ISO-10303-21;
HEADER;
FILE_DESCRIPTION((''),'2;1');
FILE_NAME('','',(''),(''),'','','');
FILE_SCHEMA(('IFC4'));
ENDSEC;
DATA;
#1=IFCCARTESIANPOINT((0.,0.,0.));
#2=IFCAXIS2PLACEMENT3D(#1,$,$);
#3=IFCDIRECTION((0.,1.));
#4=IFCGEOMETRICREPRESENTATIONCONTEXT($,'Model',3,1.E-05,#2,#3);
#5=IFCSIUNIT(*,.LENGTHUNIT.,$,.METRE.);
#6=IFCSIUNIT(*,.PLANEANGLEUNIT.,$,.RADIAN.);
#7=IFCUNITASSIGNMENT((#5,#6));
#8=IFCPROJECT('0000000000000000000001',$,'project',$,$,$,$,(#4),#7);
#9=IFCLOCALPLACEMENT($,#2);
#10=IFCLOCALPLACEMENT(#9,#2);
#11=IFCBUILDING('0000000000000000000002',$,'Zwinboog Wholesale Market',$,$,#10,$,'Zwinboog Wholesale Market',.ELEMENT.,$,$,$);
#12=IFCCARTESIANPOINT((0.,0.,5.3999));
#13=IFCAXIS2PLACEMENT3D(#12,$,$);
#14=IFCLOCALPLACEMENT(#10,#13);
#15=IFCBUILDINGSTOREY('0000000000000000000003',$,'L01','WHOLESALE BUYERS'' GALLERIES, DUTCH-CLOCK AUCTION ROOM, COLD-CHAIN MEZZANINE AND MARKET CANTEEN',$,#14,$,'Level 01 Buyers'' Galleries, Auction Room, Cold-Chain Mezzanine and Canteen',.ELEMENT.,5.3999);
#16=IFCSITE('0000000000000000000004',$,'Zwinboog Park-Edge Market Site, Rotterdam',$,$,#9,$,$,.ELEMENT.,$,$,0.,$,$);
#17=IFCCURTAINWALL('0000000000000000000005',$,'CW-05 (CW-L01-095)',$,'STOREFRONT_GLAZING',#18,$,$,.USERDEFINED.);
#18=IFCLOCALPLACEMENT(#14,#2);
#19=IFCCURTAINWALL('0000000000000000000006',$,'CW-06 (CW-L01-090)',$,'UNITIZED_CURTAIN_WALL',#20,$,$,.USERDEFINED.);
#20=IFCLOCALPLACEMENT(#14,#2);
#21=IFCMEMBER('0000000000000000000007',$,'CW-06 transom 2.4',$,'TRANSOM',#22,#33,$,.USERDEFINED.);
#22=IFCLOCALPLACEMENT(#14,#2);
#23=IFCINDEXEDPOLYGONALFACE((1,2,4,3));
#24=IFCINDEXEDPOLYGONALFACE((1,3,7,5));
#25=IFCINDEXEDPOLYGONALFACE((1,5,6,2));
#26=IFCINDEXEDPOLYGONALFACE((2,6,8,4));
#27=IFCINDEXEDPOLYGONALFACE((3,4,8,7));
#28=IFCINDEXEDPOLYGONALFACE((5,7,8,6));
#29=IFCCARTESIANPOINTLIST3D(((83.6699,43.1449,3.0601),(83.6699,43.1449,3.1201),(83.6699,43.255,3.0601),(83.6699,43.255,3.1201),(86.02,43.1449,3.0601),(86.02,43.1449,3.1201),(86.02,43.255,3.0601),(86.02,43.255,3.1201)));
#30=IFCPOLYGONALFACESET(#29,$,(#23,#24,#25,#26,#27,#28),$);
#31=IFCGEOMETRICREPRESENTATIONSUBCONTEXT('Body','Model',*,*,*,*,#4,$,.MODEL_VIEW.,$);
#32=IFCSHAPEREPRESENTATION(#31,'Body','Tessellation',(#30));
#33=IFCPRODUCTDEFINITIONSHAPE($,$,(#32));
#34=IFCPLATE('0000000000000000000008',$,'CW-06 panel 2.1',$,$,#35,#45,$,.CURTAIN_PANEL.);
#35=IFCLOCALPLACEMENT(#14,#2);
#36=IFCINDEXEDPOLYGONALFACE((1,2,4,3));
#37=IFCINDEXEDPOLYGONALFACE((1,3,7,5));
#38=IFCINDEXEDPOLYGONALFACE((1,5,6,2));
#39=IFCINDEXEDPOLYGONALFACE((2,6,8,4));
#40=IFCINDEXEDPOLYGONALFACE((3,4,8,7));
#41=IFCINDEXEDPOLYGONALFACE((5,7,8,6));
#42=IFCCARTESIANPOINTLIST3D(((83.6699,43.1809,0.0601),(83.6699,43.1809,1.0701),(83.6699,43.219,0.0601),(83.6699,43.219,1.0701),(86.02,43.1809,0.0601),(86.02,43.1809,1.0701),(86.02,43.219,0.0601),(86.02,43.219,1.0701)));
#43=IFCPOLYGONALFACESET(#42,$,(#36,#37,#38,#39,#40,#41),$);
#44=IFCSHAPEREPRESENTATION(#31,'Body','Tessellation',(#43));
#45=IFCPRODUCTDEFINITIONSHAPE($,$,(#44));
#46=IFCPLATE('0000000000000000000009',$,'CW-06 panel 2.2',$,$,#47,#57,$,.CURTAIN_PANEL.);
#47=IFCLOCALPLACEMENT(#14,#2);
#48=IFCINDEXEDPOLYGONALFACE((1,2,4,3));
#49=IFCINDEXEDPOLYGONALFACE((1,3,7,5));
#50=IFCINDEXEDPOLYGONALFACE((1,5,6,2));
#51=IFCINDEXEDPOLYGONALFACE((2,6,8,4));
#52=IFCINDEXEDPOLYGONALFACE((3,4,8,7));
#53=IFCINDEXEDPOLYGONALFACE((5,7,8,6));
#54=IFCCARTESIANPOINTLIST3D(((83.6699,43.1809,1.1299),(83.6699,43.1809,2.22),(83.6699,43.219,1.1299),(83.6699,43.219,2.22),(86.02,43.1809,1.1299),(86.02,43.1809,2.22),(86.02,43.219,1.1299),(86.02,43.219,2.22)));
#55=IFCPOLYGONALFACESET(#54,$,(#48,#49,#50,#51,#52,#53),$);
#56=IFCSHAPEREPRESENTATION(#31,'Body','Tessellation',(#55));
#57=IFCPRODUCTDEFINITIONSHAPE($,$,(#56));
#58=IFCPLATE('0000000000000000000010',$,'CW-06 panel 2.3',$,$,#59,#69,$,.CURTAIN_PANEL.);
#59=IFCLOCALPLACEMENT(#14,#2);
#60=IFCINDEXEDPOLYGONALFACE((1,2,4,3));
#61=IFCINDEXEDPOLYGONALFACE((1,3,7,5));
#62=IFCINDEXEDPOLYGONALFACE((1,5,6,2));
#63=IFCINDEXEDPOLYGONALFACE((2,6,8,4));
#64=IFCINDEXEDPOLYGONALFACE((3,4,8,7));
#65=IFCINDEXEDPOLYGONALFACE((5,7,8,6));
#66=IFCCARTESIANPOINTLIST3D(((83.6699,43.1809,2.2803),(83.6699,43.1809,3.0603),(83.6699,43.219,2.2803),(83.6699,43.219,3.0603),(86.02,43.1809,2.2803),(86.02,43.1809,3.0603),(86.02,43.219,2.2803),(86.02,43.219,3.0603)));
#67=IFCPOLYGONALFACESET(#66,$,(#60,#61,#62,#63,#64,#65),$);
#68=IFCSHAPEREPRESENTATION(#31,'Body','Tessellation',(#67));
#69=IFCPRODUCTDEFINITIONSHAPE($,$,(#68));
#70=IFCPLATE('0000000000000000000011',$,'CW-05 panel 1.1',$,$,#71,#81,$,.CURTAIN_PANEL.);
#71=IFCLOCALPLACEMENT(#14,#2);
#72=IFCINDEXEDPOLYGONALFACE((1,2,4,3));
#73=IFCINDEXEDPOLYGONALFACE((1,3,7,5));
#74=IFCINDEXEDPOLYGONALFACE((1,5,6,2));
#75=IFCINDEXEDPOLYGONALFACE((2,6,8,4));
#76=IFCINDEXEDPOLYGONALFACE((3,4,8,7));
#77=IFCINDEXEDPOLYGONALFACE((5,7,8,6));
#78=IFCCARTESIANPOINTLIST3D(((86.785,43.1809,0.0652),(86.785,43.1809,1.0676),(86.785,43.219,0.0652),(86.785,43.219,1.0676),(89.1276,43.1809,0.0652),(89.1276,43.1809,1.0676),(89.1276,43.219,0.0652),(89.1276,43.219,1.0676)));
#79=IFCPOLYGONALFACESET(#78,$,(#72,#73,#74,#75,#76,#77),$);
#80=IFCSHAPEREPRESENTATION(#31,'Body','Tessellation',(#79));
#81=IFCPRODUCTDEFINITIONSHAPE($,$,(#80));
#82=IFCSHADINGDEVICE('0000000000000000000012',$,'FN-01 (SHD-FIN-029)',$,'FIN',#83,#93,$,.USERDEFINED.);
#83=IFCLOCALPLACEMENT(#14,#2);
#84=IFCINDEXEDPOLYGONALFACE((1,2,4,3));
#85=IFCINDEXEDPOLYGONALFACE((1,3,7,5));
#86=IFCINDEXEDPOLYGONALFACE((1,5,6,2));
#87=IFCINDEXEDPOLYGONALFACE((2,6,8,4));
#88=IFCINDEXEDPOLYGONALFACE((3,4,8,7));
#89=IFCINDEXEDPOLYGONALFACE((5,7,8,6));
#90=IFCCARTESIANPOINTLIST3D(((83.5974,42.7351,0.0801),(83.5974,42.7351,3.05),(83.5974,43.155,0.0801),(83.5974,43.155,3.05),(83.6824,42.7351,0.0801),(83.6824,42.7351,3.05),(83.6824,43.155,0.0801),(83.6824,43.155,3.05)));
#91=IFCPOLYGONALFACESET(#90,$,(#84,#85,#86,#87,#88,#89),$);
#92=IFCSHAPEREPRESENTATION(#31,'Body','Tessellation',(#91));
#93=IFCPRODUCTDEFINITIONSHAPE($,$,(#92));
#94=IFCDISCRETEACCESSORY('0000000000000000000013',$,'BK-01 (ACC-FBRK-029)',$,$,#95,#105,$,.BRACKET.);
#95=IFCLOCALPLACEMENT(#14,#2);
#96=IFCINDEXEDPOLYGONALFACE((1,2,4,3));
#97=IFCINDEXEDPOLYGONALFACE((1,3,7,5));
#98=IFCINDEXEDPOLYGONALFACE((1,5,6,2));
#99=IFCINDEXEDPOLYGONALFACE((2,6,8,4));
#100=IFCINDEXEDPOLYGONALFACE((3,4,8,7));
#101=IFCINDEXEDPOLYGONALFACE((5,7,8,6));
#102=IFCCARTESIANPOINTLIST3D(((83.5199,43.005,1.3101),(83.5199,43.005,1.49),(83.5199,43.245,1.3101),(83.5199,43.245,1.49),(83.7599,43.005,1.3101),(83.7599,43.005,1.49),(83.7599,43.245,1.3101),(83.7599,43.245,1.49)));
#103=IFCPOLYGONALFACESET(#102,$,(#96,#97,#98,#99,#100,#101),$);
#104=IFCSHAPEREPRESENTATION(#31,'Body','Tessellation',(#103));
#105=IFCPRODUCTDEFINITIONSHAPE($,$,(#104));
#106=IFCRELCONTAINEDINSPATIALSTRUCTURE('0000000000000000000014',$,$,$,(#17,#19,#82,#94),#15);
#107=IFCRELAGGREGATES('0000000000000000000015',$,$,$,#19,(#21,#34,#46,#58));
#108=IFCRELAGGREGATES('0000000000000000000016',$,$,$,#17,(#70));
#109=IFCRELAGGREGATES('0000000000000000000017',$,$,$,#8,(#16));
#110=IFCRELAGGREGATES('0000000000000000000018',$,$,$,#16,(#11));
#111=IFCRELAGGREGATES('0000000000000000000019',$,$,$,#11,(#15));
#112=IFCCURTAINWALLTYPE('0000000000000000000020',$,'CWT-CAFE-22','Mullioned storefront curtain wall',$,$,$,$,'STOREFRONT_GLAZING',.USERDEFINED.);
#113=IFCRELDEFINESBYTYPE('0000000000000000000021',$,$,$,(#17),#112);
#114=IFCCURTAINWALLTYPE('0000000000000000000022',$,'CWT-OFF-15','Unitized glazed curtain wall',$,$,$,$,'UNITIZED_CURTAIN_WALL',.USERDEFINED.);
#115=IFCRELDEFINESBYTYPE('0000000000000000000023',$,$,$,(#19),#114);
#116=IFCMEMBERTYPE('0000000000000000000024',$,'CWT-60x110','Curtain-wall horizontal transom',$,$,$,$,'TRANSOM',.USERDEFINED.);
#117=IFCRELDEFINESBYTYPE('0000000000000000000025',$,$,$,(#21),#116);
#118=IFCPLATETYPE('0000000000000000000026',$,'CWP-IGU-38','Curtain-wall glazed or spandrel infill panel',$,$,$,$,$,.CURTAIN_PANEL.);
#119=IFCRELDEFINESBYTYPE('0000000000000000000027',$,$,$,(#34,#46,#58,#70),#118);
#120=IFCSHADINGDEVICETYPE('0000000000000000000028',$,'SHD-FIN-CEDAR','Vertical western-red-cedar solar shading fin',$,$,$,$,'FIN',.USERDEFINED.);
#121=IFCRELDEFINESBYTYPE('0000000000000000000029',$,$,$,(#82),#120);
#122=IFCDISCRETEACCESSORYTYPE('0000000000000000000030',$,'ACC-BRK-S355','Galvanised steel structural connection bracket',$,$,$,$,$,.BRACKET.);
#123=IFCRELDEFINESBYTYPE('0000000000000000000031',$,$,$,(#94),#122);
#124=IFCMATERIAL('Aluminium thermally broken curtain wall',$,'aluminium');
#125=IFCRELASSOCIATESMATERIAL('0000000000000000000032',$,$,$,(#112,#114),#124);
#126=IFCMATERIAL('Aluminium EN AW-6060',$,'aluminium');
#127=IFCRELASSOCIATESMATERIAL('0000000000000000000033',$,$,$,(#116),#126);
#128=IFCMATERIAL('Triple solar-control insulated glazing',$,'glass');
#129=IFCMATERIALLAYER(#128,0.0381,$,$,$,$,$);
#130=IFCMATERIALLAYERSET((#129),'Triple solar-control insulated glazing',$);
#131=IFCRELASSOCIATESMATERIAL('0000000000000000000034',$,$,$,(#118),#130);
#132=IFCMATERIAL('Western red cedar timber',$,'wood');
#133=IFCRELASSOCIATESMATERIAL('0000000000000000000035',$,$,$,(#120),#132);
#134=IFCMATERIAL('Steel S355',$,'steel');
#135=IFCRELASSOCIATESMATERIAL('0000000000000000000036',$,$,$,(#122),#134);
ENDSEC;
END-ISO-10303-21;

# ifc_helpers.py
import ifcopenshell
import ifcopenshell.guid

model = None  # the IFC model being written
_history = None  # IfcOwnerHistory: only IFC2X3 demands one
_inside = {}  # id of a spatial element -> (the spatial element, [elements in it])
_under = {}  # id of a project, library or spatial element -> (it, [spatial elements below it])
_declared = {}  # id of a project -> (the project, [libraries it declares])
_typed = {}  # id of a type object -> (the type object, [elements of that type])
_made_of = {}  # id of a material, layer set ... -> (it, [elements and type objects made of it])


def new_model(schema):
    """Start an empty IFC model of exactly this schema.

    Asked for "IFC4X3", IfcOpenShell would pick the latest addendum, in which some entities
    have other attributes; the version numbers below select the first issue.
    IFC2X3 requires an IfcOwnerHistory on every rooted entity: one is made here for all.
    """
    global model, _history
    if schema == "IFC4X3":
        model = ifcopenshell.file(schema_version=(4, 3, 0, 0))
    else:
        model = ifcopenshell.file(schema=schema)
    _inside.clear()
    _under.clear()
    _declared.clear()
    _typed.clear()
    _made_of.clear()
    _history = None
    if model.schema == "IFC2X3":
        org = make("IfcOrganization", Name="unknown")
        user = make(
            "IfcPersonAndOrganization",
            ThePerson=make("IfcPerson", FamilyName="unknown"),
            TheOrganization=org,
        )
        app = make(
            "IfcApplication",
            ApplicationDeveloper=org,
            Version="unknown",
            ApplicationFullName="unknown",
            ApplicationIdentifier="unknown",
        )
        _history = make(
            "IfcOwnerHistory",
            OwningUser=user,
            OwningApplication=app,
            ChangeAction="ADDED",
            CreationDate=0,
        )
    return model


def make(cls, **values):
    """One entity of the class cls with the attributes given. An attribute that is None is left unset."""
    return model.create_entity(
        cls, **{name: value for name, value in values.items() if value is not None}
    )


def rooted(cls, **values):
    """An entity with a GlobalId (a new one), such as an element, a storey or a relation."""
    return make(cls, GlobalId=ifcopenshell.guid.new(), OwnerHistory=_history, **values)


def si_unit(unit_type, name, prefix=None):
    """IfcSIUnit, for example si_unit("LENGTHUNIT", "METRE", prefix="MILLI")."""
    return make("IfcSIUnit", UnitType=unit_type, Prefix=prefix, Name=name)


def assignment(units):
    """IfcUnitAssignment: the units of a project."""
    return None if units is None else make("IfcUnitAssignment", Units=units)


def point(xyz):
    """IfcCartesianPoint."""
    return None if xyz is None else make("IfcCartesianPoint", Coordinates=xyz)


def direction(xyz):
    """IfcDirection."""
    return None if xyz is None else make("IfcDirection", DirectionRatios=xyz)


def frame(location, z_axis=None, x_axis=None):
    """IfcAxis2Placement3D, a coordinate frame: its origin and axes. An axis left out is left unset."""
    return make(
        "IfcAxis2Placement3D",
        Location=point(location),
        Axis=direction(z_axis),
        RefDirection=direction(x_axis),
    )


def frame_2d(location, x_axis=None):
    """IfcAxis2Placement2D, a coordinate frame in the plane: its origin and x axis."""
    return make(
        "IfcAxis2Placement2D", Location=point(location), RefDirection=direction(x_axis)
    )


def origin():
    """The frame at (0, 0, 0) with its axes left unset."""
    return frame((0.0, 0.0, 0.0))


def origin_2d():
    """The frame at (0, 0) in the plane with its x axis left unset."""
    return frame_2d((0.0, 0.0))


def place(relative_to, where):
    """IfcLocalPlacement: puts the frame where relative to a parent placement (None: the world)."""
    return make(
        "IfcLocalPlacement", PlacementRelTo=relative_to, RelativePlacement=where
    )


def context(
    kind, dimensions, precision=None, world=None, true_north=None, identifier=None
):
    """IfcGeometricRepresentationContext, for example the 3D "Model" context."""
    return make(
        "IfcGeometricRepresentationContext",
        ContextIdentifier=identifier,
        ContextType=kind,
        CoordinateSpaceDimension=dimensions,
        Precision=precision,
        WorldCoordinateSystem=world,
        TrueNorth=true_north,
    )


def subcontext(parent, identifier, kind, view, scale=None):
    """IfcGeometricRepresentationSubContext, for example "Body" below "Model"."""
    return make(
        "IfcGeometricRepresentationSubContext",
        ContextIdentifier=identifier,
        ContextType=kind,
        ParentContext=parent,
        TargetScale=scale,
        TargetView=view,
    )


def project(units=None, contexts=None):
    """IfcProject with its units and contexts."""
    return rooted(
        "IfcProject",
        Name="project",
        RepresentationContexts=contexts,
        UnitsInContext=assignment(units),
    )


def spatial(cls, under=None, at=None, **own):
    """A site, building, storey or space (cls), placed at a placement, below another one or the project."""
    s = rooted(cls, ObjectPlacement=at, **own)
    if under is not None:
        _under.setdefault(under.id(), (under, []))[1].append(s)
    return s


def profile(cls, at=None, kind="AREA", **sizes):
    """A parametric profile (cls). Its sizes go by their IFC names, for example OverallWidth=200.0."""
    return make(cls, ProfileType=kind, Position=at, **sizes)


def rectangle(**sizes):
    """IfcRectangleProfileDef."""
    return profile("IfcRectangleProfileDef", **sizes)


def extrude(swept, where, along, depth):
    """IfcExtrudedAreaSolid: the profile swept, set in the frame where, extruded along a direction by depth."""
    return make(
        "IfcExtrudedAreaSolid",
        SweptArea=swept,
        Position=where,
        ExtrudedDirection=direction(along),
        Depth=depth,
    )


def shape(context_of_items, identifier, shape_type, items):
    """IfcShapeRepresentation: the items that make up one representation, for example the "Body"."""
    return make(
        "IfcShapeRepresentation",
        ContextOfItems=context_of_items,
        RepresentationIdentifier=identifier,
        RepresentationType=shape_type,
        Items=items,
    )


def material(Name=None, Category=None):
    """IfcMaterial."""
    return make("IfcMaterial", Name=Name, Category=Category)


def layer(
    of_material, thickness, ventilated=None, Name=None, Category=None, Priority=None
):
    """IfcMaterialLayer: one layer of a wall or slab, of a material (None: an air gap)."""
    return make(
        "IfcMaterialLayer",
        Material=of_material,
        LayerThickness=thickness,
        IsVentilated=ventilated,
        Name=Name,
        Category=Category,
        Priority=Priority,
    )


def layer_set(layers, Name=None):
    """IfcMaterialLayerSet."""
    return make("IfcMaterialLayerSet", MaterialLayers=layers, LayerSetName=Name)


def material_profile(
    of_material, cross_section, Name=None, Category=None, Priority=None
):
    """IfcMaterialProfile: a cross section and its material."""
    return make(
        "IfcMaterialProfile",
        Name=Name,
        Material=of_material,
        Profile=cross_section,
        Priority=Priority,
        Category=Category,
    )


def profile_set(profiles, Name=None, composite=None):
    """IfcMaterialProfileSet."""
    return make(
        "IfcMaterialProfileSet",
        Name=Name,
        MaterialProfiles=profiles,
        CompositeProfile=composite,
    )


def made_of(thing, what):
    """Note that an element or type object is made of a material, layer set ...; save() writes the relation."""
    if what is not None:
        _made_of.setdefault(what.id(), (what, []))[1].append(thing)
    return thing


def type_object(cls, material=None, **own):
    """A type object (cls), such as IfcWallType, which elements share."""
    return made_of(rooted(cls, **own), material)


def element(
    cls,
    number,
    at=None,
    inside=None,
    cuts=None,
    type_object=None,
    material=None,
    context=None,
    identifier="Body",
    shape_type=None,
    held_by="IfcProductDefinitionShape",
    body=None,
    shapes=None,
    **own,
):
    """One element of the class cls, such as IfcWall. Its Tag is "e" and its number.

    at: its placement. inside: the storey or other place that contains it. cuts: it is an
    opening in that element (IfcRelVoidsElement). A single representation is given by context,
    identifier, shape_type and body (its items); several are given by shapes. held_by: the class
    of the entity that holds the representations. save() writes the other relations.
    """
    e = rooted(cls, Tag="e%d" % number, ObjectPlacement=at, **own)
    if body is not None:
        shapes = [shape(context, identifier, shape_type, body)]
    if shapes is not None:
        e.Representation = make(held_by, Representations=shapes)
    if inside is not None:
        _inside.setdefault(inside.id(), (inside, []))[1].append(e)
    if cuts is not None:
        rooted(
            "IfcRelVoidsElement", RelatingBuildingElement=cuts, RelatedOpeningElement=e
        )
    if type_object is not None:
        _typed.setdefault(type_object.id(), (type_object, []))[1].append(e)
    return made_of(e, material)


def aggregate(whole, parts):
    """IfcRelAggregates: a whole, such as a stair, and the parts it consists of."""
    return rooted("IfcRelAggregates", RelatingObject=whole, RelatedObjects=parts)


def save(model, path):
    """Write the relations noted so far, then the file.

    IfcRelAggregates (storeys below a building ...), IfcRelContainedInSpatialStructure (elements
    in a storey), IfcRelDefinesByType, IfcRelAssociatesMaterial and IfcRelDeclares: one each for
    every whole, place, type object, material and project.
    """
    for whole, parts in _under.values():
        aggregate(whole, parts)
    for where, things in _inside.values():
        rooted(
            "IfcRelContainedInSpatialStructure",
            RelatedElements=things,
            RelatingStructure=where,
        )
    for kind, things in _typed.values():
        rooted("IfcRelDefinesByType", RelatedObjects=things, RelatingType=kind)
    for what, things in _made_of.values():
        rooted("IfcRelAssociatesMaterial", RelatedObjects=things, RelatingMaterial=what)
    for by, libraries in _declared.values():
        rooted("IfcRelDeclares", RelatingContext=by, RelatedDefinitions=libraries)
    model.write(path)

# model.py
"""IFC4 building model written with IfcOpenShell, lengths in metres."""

from ifc_helpers import new_model, si_unit, direction, frame, origin, origin_2d, place, context, subcontext, project, spatial, rectangle, extrude, material, layer, layer_set, material_profile, profile_set, type_object, element, aggregate, save


model = new_model("IFC4")

# Units and contexts
model_context = context("Model", 3, precision=1e-05, world=origin(), true_north=direction((0.0, 1.0)))
body_context = subcontext(model_context, "Body", "Model", "MODEL_VIEW")
ifc_project = project(units=[si_unit("LENGTHUNIT", "METRE"), si_unit("PLANEANGLEUNIT", "RADIAN")], contexts=[model_context])

# Site, building, storey
site_placement = place(None, origin())
site = spatial("IfcSite", under=ifc_project, at=site_placement, Name="Zwinboog Park-Edge Market Site, Rotterdam", CompositionType="ELEMENT", RefElevation=0.0)
building_placement = place(site_placement, origin())
building = spatial("IfcBuilding", under=site, at=building_placement, Name="Zwinboog Wholesale Market", LongName="Zwinboog Wholesale Market", CompositionType="ELEMENT")
storey_placement = place(building_placement, frame((0.0, 0.0, 5.3999)))
storey = spatial("IfcBuildingStorey", under=building, at=storey_placement, Name="L01", Description="WHOLESALE BUYERS' GALLERIES, DUTCH-CLOCK AUCTION ROOM, COLD-CHAIN MEZZANINE AND MARKET CANTEEN", LongName="Level 01 Buyers' Galleries, Auction Room, Cold-Chain Mezzanine and Canteen", CompositionType="ELEMENT", Elevation=5.3999)

# Curtain wall
ifc_material_1 = material(Name="Aluminium thermally broken curtain wall", Category="aluminium")
curtain_wall_type_1 = type_object("IfcCurtainWallType", Name="CWT-CAFE-22", Description="Mullioned storefront curtain wall", ElementType="STOREFRONT_GLAZING", PredefinedType="USERDEFINED", material=ifc_material_1)
curtain_wall_1_placement = place(storey_placement, origin())
curtain_wall_1 = element("IfcCurtainWall", 1, at=curtain_wall_1_placement, inside=storey, type_object=curtain_wall_type_1, Name="CW-05 (CW-L01-095)", ObjectType="STOREFRONT_GLAZING", PredefinedType="USERDEFINED")
ifc_material_2 = material(Name="Aluminium EN AW-6060", Category="aluminium")

# Curtain wall
curtain_wall_type_2 = type_object("IfcCurtainWallType", Name="CWT-OFF-15", Description="Unitized glazed curtain wall", ElementType="UNITIZED_CURTAIN_WALL", PredefinedType="USERDEFINED", material=ifc_material_1)
curtain_wall_2_placement = place(storey_placement, origin())
curtain_wall_2 = element("IfcCurtainWall", 2, at=curtain_wall_2_placement, inside=storey, type_object=curtain_wall_type_2, Name="CW-06 (CW-L01-090)", ObjectType="UNITIZED_CURTAIN_WALL", PredefinedType="USERDEFINED")

# Member
ifc_material_profile_1 = material_profile(ifc_material_2, rectangle(XDim=0.1101, YDim=0.0601, at=origin_2d()), Name="AL 60x110")
ifc_profile_set_1 = profile_set([ifc_material_profile_1], Name="Aluminium EN AW-6060")
member_type_1 = type_object("IfcMemberType", Name="CWT-60x110", Description="Curtain-wall horizontal transom", ElementType="TRANSOM", PredefinedType="USERDEFINED", material=ifc_profile_set_1)
member_1_placement = place(storey_placement, frame((83.6699, 43.2, 3.0901), z_axis=(1.0, 0.0, 0.0), x_axis=(0.0, 1.0, 0.0)))
member_1 = element("IfcMember", 3, at=member_1_placement, type_object=member_type_1, Name="CW-06 transom 2.4", ObjectType="TRANSOM", PredefinedType="USERDEFINED", context=body_context, shape_type="SweptSolid", body=[
    extrude(rectangle(XDim=0.1101, YDim=0.0601, at=origin_2d()), origin(), (0.0, 0.0, 1.0), 2.3501),
])

# Plates
ifc_material_3 = material(Name="Triple solar-control insulated glazing", Category="glass")
ifc_layer = layer(ifc_material_3, 0.0381)
ifc_layer_set = layer_set([ifc_layer], Name="Triple solar-control insulated glazing")
plate_type = type_object("IfcPlateType", Name="CWP-IGU-38", Description="Curtain-wall glazed or spandrel infill panel", PredefinedType="CURTAIN_PANEL", material=ifc_layer_set)
plate_1_placement = place(storey_placement, frame((84.845, 43.2, 0.0601), z_axis=(0.0, 0.0, 1.0), x_axis=(1.0, 0.0, 0.0)))
plate_1 = element("IfcPlate", 4, at=plate_1_placement, type_object=plate_type, Name="CW-06 panel 2.1", PredefinedType="CURTAIN_PANEL", context=body_context, shape_type="SweptSolid", body=[
    extrude(rectangle(XDim=2.3501, YDim=0.0381, at=origin_2d()), origin(), (0.0, 0.0, 1.0), 1.01),
])
plate_2_placement = place(storey_placement, frame((84.845, 43.2, 1.1299), z_axis=(0.0, 0.0, 1.0), x_axis=(1.0, 0.0, 0.0)))
plate_2 = element("IfcPlate", 5, at=plate_2_placement, type_object=plate_type, Name="CW-06 panel 2.2", PredefinedType="CURTAIN_PANEL", context=body_context, shape_type="SweptSolid", body=[
    extrude(rectangle(XDim=2.3501, YDim=0.0381, at=origin_2d()), origin(), (0.0, 0.0, 1.0), 1.0901),
])
plate_3_placement = place(storey_placement, frame((84.845, 43.2, 2.2803), z_axis=(0.0, 0.0, 1.0), x_axis=(1.0, 0.0, 0.0)))
plate_3 = element("IfcPlate", 6, at=plate_3_placement, type_object=plate_type, Name="CW-06 panel 2.3", PredefinedType="CURTAIN_PANEL", context=body_context, shape_type="SweptSolid", body=[
    extrude(rectangle(XDim=2.3501, YDim=0.0381, at=origin_2d()), origin(), (0.0, 0.0, 1.0), 0.78),
])
aggregate(curtain_wall_2, [member_1, plate_1, plate_2, plate_3])
plate_4_placement = place(storey_placement, frame((87.9563, 43.2, 0.0652), z_axis=(0.0, 0.0, 1.0), x_axis=(1.0, 0.0, 0.0)))
plate_4 = element("IfcPlate", 7, at=plate_4_placement, type_object=plate_type, Name="CW-05 panel 1.1", PredefinedType="CURTAIN_PANEL", context=body_context, shape_type="SweptSolid", body=[
    extrude(rectangle(XDim=2.3425, YDim=0.0381, at=origin_2d()), origin(), (0.0, 0.0, 1.0), 1.0024),
])
aggregate(curtain_wall_1, [plate_4])

# Shading device
ifc_material_4 = material(Name="Western red cedar timber", Category="wood")
shading_device_type = type_object("IfcShadingDeviceType", Name="SHD-FIN-CEDAR", Description="Vertical western-red-cedar solar shading fin", ElementType="FIN", PredefinedType="USERDEFINED", material=ifc_material_4)
shading_device_placement = place(storey_placement, frame((83.6399, 42.9451, 0.0801), z_axis=(0.0, 0.0, 1.0), x_axis=(0.0, 1.0, 0.0)))
element("IfcShadingDevice", 8, at=shading_device_placement, inside=storey, type_object=shading_device_type, Name="FN-01 (SHD-FIN-029)", ObjectType="FIN", PredefinedType="USERDEFINED", context=body_context, shape_type="SweptSolid", body=[
    extrude(rectangle(XDim=0.4199, YDim=0.085, at=origin_2d()), origin(), (0.0, 0.0, 1.0), 2.97),
])

# Discrete accessory
ifc_material_5 = material(Name="Steel S355", Category="steel")
discrete_accessory_type = type_object("IfcDiscreteAccessoryType", Name="ACC-BRK-S355", Description="Galvanised steel structural connection bracket", PredefinedType="BRACKET", material=ifc_material_5)
discrete_accessory_placement = place(storey_placement, frame((83.6399, 43.125, 1.3101), z_axis=(0.0, 0.0, 1.0), x_axis=(1.0, 0.0, 0.0)))
element("IfcDiscreteAccessory", 9, at=discrete_accessory_placement, inside=storey, type_object=discrete_accessory_type, Name="BK-01 (ACC-FBRK-029)", PredefinedType="BRACKET", context=body_context, shape_type="SweptSolid", body=[
    extrude(rectangle(XDim=0.24, YDim=0.24, at=origin_2d()), origin(), (0.0, 0.0, 1.0), 0.1799),
])

save(model, "model.ifc")
